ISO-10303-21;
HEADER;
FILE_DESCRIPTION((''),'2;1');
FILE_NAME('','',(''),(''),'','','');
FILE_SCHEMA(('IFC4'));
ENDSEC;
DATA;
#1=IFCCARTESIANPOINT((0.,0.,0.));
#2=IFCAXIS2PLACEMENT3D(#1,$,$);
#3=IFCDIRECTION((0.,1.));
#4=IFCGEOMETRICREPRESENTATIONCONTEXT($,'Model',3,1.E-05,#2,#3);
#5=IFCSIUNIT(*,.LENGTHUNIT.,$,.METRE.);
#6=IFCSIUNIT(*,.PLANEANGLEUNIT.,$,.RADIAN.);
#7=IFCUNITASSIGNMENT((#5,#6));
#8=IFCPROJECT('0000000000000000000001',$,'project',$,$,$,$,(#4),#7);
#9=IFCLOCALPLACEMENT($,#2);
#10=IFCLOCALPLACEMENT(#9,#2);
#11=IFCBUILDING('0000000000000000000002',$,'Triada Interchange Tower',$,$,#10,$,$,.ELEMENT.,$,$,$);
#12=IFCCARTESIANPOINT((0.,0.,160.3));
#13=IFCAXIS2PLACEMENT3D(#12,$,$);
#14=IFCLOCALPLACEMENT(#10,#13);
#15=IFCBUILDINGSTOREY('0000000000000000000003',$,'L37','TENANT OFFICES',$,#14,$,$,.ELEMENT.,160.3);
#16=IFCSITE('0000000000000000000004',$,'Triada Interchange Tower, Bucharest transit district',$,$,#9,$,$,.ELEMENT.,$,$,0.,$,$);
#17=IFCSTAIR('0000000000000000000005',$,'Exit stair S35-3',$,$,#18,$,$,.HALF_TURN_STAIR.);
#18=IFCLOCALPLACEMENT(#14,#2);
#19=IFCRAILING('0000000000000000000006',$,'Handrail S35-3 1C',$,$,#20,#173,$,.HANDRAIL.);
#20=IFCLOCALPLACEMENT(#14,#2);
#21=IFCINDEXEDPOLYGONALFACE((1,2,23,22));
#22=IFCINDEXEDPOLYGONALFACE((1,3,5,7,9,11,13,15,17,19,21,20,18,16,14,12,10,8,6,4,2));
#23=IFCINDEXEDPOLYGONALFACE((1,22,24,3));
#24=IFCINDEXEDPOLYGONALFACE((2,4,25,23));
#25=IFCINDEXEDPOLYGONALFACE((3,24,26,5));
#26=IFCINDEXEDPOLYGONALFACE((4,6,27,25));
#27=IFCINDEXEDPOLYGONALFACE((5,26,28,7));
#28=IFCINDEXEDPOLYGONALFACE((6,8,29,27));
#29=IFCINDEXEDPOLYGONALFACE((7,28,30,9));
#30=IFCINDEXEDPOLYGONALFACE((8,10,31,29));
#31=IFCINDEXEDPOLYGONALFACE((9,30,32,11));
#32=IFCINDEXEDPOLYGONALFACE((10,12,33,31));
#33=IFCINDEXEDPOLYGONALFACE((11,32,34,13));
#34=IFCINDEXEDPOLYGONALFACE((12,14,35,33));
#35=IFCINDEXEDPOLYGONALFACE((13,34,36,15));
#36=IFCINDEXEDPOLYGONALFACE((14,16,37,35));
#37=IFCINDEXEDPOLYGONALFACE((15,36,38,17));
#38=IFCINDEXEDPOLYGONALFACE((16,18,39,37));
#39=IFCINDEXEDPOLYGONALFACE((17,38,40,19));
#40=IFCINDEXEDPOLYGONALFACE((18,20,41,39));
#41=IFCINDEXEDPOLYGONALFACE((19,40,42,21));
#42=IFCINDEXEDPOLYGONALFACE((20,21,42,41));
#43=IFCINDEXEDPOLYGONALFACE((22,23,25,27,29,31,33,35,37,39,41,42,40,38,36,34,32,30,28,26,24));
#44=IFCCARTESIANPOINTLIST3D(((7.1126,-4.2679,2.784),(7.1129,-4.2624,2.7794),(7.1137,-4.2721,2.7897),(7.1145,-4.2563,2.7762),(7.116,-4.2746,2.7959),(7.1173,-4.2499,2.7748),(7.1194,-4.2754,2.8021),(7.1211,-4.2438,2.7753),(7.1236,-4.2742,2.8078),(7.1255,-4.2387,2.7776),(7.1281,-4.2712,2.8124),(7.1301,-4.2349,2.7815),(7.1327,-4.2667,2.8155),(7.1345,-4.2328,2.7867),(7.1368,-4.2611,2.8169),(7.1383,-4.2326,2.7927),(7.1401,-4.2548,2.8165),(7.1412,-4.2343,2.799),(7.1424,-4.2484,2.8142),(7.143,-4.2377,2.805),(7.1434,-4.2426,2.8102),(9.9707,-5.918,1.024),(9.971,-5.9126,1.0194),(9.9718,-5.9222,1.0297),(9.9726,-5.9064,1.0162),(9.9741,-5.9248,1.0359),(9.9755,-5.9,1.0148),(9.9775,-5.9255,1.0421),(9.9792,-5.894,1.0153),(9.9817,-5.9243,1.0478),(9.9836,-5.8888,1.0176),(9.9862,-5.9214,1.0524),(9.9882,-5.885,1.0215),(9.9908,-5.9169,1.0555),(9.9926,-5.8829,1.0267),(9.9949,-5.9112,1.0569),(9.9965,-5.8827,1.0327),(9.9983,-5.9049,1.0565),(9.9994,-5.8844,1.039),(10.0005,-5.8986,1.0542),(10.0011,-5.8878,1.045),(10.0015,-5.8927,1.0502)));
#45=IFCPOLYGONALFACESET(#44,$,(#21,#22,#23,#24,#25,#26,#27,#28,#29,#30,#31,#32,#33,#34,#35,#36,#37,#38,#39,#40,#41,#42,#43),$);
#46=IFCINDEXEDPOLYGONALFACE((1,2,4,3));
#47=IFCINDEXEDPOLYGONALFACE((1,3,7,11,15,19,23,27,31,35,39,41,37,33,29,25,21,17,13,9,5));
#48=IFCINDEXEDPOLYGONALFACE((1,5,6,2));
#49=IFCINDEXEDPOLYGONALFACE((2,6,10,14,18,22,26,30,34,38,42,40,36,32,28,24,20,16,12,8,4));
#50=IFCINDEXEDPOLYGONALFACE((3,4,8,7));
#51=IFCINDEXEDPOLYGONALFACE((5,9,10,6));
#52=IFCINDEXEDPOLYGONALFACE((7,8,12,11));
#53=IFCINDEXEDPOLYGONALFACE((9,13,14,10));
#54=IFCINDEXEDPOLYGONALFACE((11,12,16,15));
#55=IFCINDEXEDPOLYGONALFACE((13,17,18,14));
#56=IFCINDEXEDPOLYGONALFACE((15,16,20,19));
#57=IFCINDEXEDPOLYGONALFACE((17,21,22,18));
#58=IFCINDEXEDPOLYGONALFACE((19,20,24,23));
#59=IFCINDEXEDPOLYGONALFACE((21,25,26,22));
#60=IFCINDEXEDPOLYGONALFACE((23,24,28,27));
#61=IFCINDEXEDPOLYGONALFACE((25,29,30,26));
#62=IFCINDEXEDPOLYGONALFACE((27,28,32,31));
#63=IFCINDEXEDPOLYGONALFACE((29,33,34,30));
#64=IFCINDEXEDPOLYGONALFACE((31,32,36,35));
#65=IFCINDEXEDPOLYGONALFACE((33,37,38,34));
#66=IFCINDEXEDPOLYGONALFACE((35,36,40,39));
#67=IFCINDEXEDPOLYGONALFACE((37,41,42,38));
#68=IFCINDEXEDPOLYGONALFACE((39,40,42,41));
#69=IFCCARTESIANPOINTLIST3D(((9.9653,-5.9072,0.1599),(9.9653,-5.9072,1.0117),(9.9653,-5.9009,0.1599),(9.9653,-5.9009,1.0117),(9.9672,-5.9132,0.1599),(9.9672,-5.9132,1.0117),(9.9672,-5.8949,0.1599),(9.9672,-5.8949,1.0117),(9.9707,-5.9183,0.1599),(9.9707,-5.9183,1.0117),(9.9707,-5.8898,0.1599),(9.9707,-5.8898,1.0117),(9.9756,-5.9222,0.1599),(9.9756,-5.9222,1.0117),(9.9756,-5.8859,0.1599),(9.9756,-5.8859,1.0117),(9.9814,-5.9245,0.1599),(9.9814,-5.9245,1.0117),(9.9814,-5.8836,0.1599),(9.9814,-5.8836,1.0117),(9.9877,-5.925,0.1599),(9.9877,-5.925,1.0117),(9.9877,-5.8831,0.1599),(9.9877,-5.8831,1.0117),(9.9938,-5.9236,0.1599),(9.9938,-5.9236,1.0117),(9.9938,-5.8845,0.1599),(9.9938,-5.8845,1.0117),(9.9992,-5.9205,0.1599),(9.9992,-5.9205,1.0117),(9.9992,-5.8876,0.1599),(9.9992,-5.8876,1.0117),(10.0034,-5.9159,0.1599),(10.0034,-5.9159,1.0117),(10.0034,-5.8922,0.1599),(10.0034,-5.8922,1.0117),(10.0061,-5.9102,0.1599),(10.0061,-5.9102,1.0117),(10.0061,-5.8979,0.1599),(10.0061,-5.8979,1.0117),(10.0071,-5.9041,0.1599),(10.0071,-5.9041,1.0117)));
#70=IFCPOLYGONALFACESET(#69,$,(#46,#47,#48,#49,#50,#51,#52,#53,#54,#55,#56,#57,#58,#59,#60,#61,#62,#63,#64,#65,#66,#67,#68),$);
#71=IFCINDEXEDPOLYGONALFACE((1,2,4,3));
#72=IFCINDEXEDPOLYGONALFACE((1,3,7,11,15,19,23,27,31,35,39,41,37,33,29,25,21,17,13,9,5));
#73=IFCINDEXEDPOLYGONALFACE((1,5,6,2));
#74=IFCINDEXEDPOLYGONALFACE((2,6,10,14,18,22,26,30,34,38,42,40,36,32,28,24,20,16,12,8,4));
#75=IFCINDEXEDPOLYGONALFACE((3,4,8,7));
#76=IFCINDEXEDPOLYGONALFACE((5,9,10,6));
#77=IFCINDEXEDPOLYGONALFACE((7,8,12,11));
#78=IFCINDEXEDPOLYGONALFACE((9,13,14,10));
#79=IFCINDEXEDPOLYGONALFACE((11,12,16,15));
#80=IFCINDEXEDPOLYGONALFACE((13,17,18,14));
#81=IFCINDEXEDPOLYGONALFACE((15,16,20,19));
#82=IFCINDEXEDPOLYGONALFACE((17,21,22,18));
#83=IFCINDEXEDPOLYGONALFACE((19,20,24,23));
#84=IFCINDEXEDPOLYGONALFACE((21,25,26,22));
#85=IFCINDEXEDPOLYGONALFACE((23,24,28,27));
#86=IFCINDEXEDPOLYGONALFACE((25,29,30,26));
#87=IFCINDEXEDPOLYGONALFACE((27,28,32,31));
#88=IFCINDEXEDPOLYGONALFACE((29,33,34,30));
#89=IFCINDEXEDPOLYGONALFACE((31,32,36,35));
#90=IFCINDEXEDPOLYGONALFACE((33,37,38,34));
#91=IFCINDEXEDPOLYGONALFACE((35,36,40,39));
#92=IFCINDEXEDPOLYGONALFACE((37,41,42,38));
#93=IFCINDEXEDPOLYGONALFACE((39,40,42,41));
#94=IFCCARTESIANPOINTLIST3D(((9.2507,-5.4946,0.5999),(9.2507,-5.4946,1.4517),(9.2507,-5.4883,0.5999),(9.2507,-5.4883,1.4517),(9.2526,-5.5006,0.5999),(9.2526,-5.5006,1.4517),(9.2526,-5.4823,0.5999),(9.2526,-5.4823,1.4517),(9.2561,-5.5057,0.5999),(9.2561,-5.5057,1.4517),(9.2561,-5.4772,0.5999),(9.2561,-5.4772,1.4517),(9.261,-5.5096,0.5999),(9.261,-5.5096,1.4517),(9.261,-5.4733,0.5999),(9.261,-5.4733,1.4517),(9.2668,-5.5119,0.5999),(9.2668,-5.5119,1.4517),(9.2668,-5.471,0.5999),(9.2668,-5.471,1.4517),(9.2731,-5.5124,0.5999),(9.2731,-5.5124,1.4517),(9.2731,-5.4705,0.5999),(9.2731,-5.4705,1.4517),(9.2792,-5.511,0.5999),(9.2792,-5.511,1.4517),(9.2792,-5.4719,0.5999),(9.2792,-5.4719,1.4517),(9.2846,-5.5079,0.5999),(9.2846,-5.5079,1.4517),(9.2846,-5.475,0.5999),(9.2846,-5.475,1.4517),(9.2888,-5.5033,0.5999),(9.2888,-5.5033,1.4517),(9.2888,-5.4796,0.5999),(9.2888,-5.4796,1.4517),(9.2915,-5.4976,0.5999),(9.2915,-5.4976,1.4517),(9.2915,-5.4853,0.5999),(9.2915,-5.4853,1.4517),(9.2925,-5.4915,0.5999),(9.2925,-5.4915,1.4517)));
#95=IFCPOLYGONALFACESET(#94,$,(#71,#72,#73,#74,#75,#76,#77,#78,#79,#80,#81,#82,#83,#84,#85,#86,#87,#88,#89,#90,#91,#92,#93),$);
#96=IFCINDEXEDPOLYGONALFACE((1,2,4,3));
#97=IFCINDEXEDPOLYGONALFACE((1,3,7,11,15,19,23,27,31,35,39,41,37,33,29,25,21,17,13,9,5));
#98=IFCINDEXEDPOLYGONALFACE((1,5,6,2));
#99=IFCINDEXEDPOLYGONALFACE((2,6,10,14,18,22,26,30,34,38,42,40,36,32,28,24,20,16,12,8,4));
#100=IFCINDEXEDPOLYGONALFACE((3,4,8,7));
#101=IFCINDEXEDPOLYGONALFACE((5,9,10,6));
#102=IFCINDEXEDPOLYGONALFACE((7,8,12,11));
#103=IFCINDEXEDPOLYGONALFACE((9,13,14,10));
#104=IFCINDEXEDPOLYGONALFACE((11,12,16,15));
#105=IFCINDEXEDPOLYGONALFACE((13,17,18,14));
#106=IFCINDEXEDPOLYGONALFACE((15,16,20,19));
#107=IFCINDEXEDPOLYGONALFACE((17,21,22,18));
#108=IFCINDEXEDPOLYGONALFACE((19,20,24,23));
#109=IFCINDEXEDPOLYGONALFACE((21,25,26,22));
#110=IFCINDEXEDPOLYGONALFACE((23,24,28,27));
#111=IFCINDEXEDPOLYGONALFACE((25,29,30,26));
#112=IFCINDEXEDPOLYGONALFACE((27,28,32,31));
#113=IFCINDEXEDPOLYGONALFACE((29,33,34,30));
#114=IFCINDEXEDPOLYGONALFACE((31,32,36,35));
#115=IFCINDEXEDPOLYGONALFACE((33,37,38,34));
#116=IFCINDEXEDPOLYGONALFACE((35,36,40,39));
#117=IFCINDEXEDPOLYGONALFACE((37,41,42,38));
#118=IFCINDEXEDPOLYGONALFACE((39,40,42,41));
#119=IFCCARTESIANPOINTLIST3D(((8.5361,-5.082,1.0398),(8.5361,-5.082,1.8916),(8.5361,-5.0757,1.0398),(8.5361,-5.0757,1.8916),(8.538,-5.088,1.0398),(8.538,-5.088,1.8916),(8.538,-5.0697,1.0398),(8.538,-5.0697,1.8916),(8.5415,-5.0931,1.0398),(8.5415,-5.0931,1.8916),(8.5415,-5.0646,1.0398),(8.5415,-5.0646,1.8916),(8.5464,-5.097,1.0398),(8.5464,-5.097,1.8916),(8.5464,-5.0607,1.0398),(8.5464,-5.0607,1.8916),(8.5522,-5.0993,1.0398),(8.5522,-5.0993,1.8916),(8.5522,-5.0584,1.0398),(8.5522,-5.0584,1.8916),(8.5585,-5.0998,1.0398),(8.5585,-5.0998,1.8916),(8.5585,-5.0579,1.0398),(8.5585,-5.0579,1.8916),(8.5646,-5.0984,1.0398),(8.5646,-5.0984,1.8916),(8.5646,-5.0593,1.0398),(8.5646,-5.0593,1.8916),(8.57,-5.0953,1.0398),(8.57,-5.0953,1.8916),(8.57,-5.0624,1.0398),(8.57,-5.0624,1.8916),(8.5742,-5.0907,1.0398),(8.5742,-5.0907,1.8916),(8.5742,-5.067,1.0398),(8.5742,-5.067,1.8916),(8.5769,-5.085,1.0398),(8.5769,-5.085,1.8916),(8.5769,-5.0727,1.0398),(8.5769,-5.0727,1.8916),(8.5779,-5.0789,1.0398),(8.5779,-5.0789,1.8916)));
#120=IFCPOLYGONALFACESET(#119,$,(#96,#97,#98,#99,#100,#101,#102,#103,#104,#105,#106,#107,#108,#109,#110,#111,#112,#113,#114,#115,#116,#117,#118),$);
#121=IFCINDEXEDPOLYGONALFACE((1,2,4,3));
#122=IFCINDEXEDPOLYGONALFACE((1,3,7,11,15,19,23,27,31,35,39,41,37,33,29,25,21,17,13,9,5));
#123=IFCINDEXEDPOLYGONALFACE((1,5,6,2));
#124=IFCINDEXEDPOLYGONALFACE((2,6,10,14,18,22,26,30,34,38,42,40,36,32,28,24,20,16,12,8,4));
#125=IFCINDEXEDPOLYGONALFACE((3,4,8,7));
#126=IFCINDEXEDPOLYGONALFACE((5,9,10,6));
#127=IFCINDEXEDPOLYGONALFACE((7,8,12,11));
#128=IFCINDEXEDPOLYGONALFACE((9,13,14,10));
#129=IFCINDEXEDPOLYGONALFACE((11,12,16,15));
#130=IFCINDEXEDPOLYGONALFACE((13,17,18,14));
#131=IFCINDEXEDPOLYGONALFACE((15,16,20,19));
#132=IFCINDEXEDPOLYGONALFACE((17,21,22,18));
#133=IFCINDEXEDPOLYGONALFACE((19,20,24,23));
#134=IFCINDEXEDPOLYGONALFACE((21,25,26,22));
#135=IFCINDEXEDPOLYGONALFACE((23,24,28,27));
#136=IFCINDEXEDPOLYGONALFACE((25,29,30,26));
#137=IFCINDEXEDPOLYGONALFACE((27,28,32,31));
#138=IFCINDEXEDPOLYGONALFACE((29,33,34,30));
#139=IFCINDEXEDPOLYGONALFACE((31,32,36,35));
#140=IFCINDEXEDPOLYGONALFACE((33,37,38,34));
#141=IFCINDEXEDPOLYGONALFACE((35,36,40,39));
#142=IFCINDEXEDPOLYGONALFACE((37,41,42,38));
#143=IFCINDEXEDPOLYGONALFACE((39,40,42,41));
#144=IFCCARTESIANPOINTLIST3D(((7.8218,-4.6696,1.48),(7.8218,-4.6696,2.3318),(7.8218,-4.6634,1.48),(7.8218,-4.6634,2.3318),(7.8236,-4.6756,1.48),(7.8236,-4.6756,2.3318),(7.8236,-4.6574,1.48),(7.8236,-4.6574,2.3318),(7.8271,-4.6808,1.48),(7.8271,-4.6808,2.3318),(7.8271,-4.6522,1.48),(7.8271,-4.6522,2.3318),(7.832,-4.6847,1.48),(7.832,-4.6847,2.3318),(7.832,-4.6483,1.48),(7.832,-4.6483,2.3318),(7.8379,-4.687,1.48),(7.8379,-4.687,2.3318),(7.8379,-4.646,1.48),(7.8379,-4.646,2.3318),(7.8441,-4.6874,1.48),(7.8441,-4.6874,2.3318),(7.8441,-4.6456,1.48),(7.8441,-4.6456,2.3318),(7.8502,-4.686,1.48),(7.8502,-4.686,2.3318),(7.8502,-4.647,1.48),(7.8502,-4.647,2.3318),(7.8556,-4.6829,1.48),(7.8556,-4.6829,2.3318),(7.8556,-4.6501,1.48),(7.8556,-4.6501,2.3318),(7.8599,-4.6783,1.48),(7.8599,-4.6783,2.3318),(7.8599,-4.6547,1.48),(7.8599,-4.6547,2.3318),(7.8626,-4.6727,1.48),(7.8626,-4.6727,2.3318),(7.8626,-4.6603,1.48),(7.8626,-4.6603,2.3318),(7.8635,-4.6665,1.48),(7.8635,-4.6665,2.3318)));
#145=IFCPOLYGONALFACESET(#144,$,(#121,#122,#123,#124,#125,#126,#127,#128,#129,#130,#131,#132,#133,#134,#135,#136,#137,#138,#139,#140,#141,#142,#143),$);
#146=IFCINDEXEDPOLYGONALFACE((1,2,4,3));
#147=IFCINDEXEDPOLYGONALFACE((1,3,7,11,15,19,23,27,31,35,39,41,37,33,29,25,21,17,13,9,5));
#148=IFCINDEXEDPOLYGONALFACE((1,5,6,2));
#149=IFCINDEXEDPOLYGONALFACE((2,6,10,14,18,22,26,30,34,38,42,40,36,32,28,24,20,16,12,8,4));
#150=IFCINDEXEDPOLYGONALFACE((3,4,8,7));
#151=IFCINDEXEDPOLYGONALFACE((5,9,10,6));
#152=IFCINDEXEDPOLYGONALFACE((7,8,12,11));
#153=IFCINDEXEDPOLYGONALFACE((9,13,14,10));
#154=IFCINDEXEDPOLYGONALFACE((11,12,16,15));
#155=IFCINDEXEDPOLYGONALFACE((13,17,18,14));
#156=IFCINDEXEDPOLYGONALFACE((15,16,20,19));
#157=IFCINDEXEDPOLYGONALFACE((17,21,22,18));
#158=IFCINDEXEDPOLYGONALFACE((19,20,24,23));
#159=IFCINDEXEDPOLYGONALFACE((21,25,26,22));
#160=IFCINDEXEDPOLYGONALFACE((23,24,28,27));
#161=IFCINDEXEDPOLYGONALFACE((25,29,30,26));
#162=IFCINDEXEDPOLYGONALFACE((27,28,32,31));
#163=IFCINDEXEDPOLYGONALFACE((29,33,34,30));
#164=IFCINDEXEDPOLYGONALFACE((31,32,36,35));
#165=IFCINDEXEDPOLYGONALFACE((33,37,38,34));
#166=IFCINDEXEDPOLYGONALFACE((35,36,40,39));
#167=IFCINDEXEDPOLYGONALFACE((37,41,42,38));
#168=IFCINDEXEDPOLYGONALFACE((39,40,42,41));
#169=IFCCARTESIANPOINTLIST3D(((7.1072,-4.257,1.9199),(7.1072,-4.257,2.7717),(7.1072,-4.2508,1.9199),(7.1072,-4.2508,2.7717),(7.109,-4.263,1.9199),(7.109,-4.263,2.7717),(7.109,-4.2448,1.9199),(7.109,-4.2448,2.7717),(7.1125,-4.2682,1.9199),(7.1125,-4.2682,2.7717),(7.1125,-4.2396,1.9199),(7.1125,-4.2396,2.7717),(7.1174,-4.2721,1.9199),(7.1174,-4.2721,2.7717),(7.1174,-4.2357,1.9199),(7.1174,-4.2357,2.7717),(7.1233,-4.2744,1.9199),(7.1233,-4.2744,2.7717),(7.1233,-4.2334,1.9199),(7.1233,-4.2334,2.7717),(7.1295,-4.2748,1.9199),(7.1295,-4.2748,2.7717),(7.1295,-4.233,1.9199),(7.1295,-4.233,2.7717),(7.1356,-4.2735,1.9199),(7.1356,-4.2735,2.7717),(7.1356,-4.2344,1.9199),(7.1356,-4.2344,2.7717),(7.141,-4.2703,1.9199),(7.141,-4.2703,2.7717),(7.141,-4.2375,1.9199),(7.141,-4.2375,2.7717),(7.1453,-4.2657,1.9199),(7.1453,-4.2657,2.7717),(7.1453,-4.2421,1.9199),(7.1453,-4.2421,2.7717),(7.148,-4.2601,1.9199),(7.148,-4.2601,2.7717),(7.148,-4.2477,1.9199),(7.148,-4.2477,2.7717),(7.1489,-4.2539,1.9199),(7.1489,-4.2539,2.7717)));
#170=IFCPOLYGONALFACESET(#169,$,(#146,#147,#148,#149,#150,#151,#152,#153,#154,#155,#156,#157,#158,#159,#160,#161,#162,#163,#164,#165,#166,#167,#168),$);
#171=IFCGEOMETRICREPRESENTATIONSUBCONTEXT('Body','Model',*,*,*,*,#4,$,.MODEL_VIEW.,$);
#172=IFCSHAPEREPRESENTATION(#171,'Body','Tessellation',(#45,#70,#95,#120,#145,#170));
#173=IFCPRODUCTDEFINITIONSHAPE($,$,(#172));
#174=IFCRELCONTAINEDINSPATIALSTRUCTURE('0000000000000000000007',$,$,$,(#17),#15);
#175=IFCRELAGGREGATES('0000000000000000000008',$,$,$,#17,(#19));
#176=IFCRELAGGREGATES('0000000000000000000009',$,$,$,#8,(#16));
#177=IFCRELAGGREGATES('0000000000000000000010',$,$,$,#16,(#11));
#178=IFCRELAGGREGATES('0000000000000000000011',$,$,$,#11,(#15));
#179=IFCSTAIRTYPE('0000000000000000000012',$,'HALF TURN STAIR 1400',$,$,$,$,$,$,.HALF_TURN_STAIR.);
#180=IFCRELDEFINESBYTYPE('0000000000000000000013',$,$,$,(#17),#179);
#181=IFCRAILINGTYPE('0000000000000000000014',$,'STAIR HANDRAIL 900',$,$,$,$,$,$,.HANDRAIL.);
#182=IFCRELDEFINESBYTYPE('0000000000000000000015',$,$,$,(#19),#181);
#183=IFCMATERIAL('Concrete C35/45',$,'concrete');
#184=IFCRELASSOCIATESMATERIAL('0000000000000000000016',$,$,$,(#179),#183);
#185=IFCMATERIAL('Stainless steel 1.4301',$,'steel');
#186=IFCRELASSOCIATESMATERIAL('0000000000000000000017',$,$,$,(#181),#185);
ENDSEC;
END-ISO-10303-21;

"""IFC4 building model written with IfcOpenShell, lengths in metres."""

from ifc_helpers import new_model, si_unit, direction, frame, origin, origin_2d, place, context, subcontext, project, spatial, circle, extrude, material, type_object, element, aggregate, save


model = new_model("IFC4")

# Units and contexts
model_context = context("Model", 3, precision=1e-05, world=origin(), true_north=direction((0.0, 1.0)))
body_context = subcontext(model_context, "Body", "Model", "MODEL_VIEW")
ifc_project = project(units=[si_unit("LENGTHUNIT", "METRE"), si_unit("PLANEANGLEUNIT", "RADIAN")], contexts=[model_context])

# Site, building, storey
site_placement = place(None, origin())
site = spatial("IfcSite", under=ifc_project, at=site_placement, Name="Triada Interchange Tower, Bucharest transit district", CompositionType="ELEMENT", RefElevation=0.0)
building_placement = place(site_placement, origin())
building = spatial("IfcBuilding", under=site, at=building_placement, Name="Triada Interchange Tower", CompositionType="ELEMENT")
storey_placement = place(building_placement, frame((0.0, 0.0, 160.3)))
storey = spatial("IfcBuildingStorey", under=building, at=storey_placement, Name="L37", Description="TENANT OFFICES", CompositionType="ELEMENT", Elevation=160.3)

# Stair, railing
ifc_material_1 = material(Name="Concrete C35/45", Category="concrete")
stair_type = type_object("IfcStairType", Name="HALF TURN STAIR 1400", PredefinedType="HALF_TURN_STAIR", material=ifc_material_1)
stair_placement = place(storey_placement, origin())
stair = element("IfcStair", 1, at=stair_placement, inside=storey, type_object=stair_type, Name="Exit stair S35-3", PredefinedType="HALF_TURN_STAIR")
ifc_material_2 = material(Name="Stainless steel 1.4301", Category="steel")
railing_type = type_object("IfcRailingType", Name="STAIR HANDRAIL 900", PredefinedType="HANDRAIL", material=ifc_material_2)
railing_1_placement = place(storey_placement, frame((9.9861, -5.9041, 0.1599)))
railing_1 = element("IfcRailing", 2, at=railing_1_placement, type_object=railing_type, Name="Handrail S35-3 1C", PredefinedType="HANDRAIL", context=body_context, shape_type="SweptSolid", body=[
    extrude(circle(Radius=0.0239, at=origin_2d()), frame((0.0, 0.0, 0.876), z_axis=(-0.764156, 0.441183, 0.470556), x_axis=(-0.499998, -0.866027, 0.0)), (0.0, 0.0, 1.0), 3.7402),
    extrude(circle(Radius=0.021, at=origin_2d()), origin(), (0.0, 0.0, 1.0), 0.8518),
    extrude(circle(Radius=0.021, at=origin_2d()), frame((-0.7146, 0.4126, 0.4399)), (0.0, 0.0, 1.0), 0.8518),
    extrude(circle(Radius=0.021, at=origin_2d()), frame((-1.4292, 0.8252, 0.8799)), (0.0, 0.0, 1.0), 0.8518),
    extrude(circle(Radius=0.021, at=origin_2d()), frame((-2.1436, 1.2375, 1.3201)), (0.0, 0.0, 1.0), 0.8518),
    extrude(circle(Radius=0.021, at=origin_2d()), frame((-2.8582, 1.6501, 1.76)), (0.0, 0.0, 1.0), 0.8518),
])
aggregate(stair, [railing_1])

save(model, "model.ifc")
